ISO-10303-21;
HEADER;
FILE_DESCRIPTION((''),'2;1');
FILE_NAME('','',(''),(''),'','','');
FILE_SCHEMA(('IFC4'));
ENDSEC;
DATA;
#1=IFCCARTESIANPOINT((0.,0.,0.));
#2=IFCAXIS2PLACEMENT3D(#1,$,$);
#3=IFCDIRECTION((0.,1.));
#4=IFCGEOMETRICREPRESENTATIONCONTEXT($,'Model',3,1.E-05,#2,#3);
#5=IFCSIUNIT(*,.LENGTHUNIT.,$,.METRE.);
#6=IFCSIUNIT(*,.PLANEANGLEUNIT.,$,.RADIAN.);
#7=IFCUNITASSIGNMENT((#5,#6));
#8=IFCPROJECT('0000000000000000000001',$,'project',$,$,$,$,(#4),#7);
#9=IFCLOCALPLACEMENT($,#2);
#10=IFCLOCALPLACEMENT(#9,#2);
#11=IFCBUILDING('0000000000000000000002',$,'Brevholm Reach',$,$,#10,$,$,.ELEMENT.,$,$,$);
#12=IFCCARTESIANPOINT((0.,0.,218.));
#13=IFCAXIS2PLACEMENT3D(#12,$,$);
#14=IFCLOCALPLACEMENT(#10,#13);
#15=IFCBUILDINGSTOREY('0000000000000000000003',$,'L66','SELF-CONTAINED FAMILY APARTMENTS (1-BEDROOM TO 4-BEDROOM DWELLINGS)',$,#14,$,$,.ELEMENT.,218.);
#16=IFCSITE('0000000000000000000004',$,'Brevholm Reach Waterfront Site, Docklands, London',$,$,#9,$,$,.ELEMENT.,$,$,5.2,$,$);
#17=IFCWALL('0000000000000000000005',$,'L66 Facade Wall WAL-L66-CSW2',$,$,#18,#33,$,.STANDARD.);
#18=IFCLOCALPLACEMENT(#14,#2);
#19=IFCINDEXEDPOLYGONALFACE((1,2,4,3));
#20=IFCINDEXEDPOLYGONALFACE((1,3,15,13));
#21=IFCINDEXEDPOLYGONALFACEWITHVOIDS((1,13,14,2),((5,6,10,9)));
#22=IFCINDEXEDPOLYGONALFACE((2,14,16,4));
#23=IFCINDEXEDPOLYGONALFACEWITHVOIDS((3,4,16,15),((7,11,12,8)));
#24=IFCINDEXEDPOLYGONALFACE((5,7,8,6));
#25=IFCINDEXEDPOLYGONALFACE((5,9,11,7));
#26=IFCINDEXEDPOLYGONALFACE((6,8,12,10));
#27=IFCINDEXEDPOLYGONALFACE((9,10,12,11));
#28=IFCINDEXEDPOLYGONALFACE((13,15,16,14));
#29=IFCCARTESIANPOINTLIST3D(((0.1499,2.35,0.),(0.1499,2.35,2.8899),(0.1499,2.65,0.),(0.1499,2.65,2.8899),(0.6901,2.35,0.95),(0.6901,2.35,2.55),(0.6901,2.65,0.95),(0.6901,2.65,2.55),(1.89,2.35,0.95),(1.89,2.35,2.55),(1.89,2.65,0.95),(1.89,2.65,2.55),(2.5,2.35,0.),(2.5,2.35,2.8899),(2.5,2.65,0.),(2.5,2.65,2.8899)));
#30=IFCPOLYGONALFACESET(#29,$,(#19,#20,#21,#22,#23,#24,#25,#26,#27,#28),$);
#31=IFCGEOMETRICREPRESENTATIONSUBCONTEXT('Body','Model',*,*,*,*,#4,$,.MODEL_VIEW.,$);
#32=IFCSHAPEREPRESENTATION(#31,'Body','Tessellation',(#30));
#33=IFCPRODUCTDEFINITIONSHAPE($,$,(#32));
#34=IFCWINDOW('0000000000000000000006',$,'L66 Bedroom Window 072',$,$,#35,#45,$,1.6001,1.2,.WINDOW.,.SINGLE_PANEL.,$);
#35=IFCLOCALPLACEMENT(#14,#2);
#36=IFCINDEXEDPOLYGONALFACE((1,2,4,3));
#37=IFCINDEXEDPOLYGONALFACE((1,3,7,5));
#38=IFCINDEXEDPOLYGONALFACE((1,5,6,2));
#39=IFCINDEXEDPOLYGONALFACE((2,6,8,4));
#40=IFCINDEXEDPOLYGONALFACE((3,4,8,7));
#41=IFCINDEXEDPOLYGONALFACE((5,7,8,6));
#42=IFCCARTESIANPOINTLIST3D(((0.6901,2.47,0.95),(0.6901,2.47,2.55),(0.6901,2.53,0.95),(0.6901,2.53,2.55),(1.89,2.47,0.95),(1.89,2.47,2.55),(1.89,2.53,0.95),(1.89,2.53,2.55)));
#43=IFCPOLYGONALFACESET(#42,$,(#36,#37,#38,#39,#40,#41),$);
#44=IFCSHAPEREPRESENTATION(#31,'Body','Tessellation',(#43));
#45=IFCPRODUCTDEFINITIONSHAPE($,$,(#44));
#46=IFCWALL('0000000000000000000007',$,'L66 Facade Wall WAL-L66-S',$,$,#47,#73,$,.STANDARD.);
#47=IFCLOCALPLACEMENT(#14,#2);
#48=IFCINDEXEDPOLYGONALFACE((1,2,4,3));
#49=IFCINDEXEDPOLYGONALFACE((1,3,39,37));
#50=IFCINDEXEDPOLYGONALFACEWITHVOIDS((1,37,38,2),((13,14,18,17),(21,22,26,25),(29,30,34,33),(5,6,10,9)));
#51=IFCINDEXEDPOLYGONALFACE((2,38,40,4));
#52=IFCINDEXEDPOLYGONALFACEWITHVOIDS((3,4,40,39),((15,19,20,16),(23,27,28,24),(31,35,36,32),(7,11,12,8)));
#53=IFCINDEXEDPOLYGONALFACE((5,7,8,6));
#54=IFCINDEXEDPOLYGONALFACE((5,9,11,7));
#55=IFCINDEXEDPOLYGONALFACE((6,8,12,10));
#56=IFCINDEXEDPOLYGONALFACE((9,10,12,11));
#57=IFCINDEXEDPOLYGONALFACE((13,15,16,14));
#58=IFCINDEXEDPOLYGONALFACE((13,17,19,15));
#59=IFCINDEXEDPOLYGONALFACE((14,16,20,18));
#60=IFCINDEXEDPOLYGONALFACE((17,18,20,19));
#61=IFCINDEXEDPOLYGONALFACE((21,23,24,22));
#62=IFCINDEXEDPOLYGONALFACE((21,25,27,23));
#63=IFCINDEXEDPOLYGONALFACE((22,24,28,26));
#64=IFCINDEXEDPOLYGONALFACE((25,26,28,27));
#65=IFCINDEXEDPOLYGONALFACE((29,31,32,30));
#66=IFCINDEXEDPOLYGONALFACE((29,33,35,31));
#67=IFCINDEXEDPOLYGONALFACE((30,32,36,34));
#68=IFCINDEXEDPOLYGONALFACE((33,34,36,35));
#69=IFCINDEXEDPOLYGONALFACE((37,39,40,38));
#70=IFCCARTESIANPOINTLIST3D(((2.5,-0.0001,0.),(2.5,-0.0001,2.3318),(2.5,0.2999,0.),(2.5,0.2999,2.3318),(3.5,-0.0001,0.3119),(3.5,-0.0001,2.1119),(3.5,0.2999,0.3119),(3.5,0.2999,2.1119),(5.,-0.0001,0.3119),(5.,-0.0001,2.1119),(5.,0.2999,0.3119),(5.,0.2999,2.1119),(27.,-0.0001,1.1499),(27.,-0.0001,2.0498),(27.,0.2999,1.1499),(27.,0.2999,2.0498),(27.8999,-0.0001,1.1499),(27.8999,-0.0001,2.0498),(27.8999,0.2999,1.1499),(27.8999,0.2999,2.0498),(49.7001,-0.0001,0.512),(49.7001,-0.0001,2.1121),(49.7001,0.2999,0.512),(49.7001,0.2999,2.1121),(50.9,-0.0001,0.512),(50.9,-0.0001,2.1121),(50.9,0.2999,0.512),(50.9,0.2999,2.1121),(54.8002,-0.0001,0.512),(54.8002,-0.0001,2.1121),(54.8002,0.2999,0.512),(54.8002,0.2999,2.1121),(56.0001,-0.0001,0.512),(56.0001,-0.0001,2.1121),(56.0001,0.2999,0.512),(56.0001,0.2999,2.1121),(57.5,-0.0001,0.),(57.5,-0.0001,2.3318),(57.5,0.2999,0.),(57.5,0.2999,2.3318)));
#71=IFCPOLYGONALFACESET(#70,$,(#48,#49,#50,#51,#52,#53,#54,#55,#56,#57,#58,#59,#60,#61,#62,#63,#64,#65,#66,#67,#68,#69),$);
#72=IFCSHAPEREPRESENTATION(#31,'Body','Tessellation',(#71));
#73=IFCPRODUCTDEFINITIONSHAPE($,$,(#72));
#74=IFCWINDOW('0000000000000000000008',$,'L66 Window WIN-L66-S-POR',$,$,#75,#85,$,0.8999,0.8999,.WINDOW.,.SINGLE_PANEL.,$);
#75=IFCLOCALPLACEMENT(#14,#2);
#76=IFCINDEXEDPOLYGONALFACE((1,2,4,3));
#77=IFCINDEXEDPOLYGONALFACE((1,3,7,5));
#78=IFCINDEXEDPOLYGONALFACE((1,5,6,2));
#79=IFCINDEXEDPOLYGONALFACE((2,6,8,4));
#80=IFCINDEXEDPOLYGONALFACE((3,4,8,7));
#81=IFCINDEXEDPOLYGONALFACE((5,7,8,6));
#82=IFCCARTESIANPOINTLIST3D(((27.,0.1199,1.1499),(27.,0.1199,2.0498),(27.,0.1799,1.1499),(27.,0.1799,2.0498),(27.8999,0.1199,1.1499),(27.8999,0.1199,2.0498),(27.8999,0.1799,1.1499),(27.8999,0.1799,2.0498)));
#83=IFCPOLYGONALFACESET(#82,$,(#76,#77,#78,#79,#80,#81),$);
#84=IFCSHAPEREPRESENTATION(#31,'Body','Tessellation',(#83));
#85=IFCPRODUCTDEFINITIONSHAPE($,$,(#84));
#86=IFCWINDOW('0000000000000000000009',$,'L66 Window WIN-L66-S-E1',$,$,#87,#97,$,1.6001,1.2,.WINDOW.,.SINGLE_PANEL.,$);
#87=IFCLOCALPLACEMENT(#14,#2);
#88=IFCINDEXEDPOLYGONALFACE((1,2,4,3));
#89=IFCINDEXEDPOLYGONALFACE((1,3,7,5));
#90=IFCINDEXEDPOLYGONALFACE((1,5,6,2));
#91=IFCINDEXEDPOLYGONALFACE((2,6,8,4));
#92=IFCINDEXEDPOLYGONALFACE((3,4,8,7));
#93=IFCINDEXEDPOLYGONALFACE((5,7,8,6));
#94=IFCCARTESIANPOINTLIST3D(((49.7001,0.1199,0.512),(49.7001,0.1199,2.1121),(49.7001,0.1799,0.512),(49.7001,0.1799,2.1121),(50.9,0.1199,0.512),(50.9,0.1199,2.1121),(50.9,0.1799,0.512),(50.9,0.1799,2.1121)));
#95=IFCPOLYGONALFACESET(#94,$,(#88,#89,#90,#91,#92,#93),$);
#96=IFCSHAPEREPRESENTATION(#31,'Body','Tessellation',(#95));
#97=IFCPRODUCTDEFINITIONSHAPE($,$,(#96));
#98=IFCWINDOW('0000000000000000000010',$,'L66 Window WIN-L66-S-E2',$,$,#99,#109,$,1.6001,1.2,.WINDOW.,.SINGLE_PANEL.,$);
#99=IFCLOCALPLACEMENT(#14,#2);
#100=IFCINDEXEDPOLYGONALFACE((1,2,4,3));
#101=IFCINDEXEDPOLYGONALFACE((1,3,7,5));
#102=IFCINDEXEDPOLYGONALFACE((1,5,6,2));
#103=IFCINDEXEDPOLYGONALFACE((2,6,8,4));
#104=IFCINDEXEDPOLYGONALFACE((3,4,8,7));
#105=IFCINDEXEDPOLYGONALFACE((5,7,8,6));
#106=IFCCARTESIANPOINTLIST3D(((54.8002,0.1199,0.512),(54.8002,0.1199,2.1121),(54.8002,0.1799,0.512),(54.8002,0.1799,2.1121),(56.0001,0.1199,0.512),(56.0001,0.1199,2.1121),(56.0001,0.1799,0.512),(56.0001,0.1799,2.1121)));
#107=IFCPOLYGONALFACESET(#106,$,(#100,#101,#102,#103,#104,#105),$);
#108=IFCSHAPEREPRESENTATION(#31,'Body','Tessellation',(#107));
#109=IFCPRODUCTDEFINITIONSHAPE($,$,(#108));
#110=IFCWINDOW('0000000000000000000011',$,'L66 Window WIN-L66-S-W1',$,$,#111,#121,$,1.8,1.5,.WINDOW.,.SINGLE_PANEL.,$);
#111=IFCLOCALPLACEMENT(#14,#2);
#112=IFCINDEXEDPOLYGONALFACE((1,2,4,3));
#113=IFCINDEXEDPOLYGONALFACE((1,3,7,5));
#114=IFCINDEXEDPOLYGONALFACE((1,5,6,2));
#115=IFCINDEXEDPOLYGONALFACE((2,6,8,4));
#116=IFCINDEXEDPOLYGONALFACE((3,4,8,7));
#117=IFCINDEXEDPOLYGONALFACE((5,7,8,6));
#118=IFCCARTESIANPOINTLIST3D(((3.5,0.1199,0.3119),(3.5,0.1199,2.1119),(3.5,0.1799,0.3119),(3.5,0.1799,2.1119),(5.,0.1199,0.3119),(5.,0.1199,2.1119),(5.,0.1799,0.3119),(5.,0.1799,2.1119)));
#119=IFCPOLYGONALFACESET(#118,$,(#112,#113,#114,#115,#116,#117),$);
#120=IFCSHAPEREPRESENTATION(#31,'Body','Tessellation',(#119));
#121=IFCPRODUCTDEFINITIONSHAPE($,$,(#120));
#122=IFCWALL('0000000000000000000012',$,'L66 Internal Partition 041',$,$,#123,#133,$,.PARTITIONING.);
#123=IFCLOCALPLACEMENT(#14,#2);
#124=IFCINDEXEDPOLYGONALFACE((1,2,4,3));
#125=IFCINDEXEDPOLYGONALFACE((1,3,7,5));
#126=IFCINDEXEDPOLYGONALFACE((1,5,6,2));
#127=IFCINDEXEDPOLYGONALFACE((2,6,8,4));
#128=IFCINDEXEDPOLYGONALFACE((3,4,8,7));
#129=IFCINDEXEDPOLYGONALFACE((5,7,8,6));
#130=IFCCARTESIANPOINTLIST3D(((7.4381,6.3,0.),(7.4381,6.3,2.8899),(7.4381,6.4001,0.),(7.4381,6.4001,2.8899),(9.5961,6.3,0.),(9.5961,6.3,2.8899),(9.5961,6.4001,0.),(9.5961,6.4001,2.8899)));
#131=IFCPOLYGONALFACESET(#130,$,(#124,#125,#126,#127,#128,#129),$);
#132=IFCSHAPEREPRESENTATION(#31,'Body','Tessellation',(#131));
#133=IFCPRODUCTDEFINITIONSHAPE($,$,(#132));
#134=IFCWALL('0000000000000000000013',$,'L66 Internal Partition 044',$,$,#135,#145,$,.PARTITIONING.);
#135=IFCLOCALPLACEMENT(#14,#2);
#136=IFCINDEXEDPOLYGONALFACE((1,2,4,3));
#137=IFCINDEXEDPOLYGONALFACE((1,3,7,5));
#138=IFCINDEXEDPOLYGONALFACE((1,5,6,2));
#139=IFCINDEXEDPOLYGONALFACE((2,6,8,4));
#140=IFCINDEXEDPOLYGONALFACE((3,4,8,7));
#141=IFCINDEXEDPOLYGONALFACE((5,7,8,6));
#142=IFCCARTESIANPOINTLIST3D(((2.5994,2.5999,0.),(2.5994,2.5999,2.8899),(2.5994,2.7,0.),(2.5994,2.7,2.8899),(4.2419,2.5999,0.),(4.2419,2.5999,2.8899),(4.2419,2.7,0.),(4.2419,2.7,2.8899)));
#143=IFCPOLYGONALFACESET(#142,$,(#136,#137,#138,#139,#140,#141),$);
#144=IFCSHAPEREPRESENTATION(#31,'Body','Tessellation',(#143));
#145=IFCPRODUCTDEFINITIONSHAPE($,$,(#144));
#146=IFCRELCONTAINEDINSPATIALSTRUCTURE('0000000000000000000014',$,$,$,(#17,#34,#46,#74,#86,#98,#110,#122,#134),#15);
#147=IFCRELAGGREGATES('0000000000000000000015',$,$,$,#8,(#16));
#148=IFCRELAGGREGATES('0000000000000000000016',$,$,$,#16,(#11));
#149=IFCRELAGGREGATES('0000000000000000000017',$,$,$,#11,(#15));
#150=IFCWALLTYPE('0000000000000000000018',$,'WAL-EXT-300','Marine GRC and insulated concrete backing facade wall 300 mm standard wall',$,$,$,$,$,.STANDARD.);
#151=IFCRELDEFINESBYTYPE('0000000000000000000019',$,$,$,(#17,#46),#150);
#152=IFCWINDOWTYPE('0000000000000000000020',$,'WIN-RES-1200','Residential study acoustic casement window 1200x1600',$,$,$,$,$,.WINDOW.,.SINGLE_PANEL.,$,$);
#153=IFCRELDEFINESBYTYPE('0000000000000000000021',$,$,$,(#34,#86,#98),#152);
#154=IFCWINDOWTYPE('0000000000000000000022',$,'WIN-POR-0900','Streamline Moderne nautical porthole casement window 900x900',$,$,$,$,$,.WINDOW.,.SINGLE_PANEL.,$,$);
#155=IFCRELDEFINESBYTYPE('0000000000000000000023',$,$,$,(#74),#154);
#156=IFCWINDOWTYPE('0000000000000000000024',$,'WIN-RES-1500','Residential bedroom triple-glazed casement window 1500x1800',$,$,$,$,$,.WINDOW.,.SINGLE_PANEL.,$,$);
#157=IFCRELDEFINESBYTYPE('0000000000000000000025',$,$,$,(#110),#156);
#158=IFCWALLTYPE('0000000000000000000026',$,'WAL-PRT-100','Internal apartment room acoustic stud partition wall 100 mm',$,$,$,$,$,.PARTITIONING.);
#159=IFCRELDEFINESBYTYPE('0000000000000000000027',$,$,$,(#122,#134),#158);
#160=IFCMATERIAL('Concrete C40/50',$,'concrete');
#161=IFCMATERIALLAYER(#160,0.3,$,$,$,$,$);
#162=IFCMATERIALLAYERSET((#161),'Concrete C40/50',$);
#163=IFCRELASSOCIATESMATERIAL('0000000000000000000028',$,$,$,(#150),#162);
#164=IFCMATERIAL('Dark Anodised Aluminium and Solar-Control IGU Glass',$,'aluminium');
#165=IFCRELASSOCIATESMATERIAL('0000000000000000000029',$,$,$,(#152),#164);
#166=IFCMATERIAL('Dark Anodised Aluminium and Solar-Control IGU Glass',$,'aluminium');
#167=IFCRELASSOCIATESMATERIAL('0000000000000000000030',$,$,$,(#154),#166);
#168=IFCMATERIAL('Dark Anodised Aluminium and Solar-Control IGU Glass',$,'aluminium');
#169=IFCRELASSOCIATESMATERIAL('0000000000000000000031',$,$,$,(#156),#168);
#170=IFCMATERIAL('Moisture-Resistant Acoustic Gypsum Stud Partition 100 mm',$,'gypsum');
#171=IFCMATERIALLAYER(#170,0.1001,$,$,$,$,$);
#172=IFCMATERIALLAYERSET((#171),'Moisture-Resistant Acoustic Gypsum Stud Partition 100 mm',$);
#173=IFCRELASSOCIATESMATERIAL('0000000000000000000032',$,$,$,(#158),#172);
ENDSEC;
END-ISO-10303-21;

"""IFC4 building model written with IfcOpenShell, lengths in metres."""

from ifc_helpers import new_model, si_unit, direction, frame, frame_2d, origin, place, context, subcontext, project, spatial, rectangle, extrude, material, layer, layer_set, type_object, element, fill, save


model = new_model("IFC4")

# Units and contexts
model_context = context("Model", 3, precision=1e-05, world=origin(), true_north=direction((0.0, 1.0)))
body_context = subcontext(model_context, "Body", "Model", "MODEL_VIEW")
ifc_project = project(units=[si_unit("LENGTHUNIT", "METRE"), si_unit("PLANEANGLEUNIT", "RADIAN")], contexts=[model_context])

# Site, building, storey
site_placement = place(None, origin())
site = spatial("IfcSite", under=ifc_project, at=site_placement, Name="Brevholm Reach Waterfront Site, Docklands, London", CompositionType="ELEMENT", RefElevation=5.2)
building_placement = place(site_placement, origin())
building = spatial("IfcBuilding", under=site, at=building_placement, Name="Brevholm Reach", CompositionType="ELEMENT")
storey_placement = place(building_placement, frame((0.0, 0.0, 218.0)))
storey = spatial("IfcBuildingStorey", under=building, at=storey_placement, Name="L66", Description="SELF-CONTAINED FAMILY APARTMENTS (1-BEDROOM TO 4-BEDROOM DWELLINGS)", CompositionType="ELEMENT", Elevation=218.0)

# Shared definitions
ifc_material_1 = material(Name="Concrete C40/50", Category="concrete")
ifc_layer_1 = layer(ifc_material_1, 0.3)
ifc_layer_set_1 = layer_set([ifc_layer_1], Name="Concrete C40/50")
wall_type_1 = type_object("IfcWallType", Name="WAL-EXT-300", Description="Marine GRC and insulated concrete backing facade wall 300 mm standard wall", PredefinedType="STANDARD", material=ifc_layer_set_1)

# Wall, opening, window
wall_1_placement = place(storey_placement, frame((0.1499, 2.5, 0.0), z_axis=(0.0, 0.0, 1.0), x_axis=(1.0, 0.0, 0.0)))
wall_1 = element("IfcWall", 1, at=wall_1_placement, inside=storey, type_object=wall_type_1, Name="L66 Facade Wall WAL-L66-CSW2", PredefinedType="STANDARD", context=body_context, shape_type="SweptSolid", body=[
    extrude(rectangle(XDim=2.3501, YDim=0.3, at=frame_2d((1.175, 0.0))), origin(), (0.0, 0.0, 1.0), 2.8899),
])
opening_1_placement = place(wall_1_placement, frame((0.54, 0.0, 0.95)))
opening_1 = element("IfcOpeningElement", 2, at=opening_1_placement, cuts=wall_1, PredefinedType="OPENING", context=body_context, shape_type="SweptSolid", body=[
    extrude(rectangle(XDim=1.2, YDim=1.6001, at=frame_2d((0.6001, 0.8))), frame((0.0, 0.1599, 0.0), z_axis=(0.0, -1.0, 0.0), x_axis=(1.0, 0.0, 0.0)), (0.0, 0.0, 1.0), 0.3201),
])
ifc_material_2 = material(Name="Dark Anodised Aluminium and Solar-Control IGU Glass", Category="aluminium")
window_type_1 = type_object("IfcWindowType", Name="WIN-RES-1200", Description="Residential study acoustic casement window 1200x1600", PartitioningType="SINGLE_PANEL", PredefinedType="WINDOW", material=ifc_material_2)
window_1_placement = place(opening_1_placement, origin())
window_1 = element("IfcWindow", 3, at=window_1_placement, inside=storey, type_object=window_type_1, Name="L66 Bedroom Window 072", OverallHeight=1.6001, OverallWidth=1.2, PartitioningType="SINGLE_PANEL", PredefinedType="WINDOW", context=body_context, shape_type="SweptSolid", body=[
    extrude(rectangle(XDim=1.2, YDim=1.6001, at=frame_2d((0.6001, 0.8))), frame((0.0, 0.03, 0.0), z_axis=(0.0, -1.0, 0.0), x_axis=(1.0, 0.0, 0.0)), (0.0, 0.0, 1.0), 0.0601),
])
fill(opening_1, window_1)

# Wall, openings, windows
wall_2_placement = place(storey_placement, frame((2.5, 0.1499, 0.0), z_axis=(0.0, 0.0, 1.0), x_axis=(1.0, 0.0, 0.0)))
wall_2 = element("IfcWall", 4, at=wall_2_placement, inside=storey, type_object=wall_type_1, Name="L66 Facade Wall WAL-L66-S", PredefinedType="STANDARD", context=body_context, shape_type="SweptSolid", body=[
    extrude(rectangle(XDim=55.0, YDim=0.3, at=frame_2d((27.5, 0.0))), origin(), (0.0, 0.0, 1.0), 2.3318),
])
opening_2_placement = place(wall_2_placement, frame((1.0, 0.0, 0.312)))
opening_2 = element("IfcOpeningElement", 5, at=opening_2_placement, cuts=wall_2, PredefinedType="OPENING", context=body_context, shape_type="SweptSolid", body=[
    extrude(rectangle(XDim=1.5, YDim=1.8, at=frame_2d((0.75, 0.8999))), frame((0.0, 0.1599, 0.0), z_axis=(0.0, -1.0, 0.0), x_axis=(1.0, 0.0, 0.0)), (0.0, 0.0, 1.0), 0.3201),
])
opening_3_placement = place(wall_2_placement, frame((24.5, 0.0, 1.1499)))
opening_3 = element("IfcOpeningElement", 6, at=opening_3_placement, cuts=wall_2, PredefinedType="OPENING", context=body_context, shape_type="SweptSolid", body=[
    extrude(rectangle(XDim=0.8999, YDim=0.8999, at=frame_2d((0.45, 0.45))), frame((0.0, 0.1599, 0.0), z_axis=(0.0, -1.0, 0.0), x_axis=(1.0, 0.0, 0.0)), (0.0, 0.0, 1.0), 0.3201),
])
opening_4_placement = place(wall_2_placement, frame((47.2, 0.0, 0.512)))
opening_4 = element("IfcOpeningElement", 7, at=opening_4_placement, cuts=wall_2, PredefinedType="OPENING", context=body_context, shape_type="SweptSolid", body=[
    extrude(rectangle(XDim=1.2, YDim=1.6001, at=frame_2d((0.6001, 0.8))), frame((0.0, 0.1599, 0.0), z_axis=(0.0, -1.0, 0.0), x_axis=(1.0, 0.0, 0.0)), (0.0, 0.0, 1.0), 0.3201),
])
opening_5_placement = place(wall_2_placement, frame((52.3, 0.0, 0.512)))
opening_5 = element("IfcOpeningElement", 8, at=opening_5_placement, cuts=wall_2, PredefinedType="OPENING", context=body_context, shape_type="SweptSolid", body=[
    extrude(rectangle(XDim=1.2, YDim=1.6001, at=frame_2d((0.6001, 0.8))), frame((0.0, 0.1599, 0.0), z_axis=(0.0, -1.0, 0.0), x_axis=(1.0, 0.0, 0.0)), (0.0, 0.0, 1.0), 0.3201),
])
ifc_material_3 = material(Name="Dark Anodised Aluminium and Solar-Control IGU Glass", Category="aluminium")
window_type_2 = type_object("IfcWindowType", Name="WIN-POR-0900", Description="Streamline Moderne nautical porthole casement window 900x900", PartitioningType="SINGLE_PANEL", PredefinedType="WINDOW", material=ifc_material_3)
window_2_placement = place(opening_3_placement, origin())
window_2 = element("IfcWindow", 9, at=window_2_placement, inside=storey, type_object=window_type_2, Name="L66 Window WIN-L66-S-POR", OverallHeight=0.8999, OverallWidth=0.8999, PartitioningType="SINGLE_PANEL", PredefinedType="WINDOW", context=body_context, shape_type="SweptSolid", body=[
    extrude(rectangle(XDim=0.8999, YDim=0.8999, at=frame_2d((0.45, 0.45))), frame((0.0, 0.03, 0.0), z_axis=(0.0, -1.0, 0.0), x_axis=(1.0, 0.0, 0.0)), (0.0, 0.0, 1.0), 0.0601),
])
fill(opening_3, window_2)
window_3_placement = place(opening_4_placement, origin())
window_3 = element("IfcWindow", 10, at=window_3_placement, inside=storey, type_object=window_type_1, Name="L66 Window WIN-L66-S-E1", OverallHeight=1.6001, OverallWidth=1.2, PartitioningType="SINGLE_PANEL", PredefinedType="WINDOW", context=body_context, shape_type="SweptSolid", body=[
    extrude(rectangle(XDim=1.2, YDim=1.6001, at=frame_2d((0.6001, 0.8))), frame((0.0, 0.03, 0.0), z_axis=(0.0, -1.0, 0.0), x_axis=(1.0, 0.0, 0.0)), (0.0, 0.0, 1.0), 0.0601),
])
fill(opening_4, window_3)
window_4_placement = place(opening_5_placement, origin())
window_4 = element("IfcWindow", 11, at=window_4_placement, inside=storey, type_object=window_type_1, Name="L66 Window WIN-L66-S-E2", OverallHeight=1.6001, OverallWidth=1.2, PartitioningType="SINGLE_PANEL", PredefinedType="WINDOW", context=body_context, shape_type="SweptSolid", body=[
    extrude(rectangle(XDim=1.2, YDim=1.6001, at=frame_2d((0.6001, 0.8))), frame((0.0, 0.03, 0.0), z_axis=(0.0, -1.0, 0.0), x_axis=(1.0, 0.0, 0.0)), (0.0, 0.0, 1.0), 0.0601),
])
fill(opening_5, window_4)
ifc_material_4 = material(Name="Dark Anodised Aluminium and Solar-Control IGU Glass", Category="aluminium")
window_type_3 = type_object("IfcWindowType", Name="WIN-RES-1500", Description="Residential bedroom triple-glazed casement window 1500x1800", PartitioningType="SINGLE_PANEL", PredefinedType="WINDOW", material=ifc_material_4)
window_5_placement = place(opening_2_placement, origin())
window_5 = element("IfcWindow", 12, at=window_5_placement, inside=storey, type_object=window_type_3, Name="L66 Window WIN-L66-S-W1", OverallHeight=1.8, OverallWidth=1.5, PartitioningType="SINGLE_PANEL", PredefinedType="WINDOW", context=body_context, shape_type="SweptSolid", body=[
    extrude(rectangle(XDim=1.5, YDim=1.8, at=frame_2d((0.75, 0.8999))), frame((0.0, 0.03, 0.0), z_axis=(0.0, -1.0, 0.0), x_axis=(1.0, 0.0, 0.0)), (0.0, 0.0, 1.0), 0.0601),
])
fill(opening_2, window_5)

# Walls
ifc_material_5 = material(Name="Moisture-Resistant Acoustic Gypsum Stud Partition 100 mm", Category="gypsum")
ifc_layer_2 = layer(ifc_material_5, 0.1001)
ifc_layer_set_2 = layer_set([ifc_layer_2], Name="Moisture-Resistant Acoustic Gypsum Stud Partition 100 mm")
wall_type_2 = type_object("IfcWallType", Name="WAL-PRT-100", Description="Internal apartment room acoustic stud partition wall 100 mm", PredefinedType="PARTITIONING", material=ifc_layer_set_2)
wall_3_placement = place(storey_placement, frame((7.438, 6.3501, 0.0), z_axis=(0.0, 0.0, 1.0), x_axis=(1.0, 0.0, 0.0)))
element("IfcWall", 13, at=wall_3_placement, inside=storey, type_object=wall_type_2, Name="L66 Internal Partition 041", PredefinedType="PARTITIONING", context=body_context, shape_type="SweptSolid", body=[
    extrude(rectangle(XDim=2.158, YDim=0.1001, at=frame_2d((1.0791, 0.0))), origin(), (0.0, 0.0, 1.0), 2.8899),
])
wall_4_placement = place(storey_placement, frame((2.5994, 2.6499, 0.0), z_axis=(0.0, 0.0, 1.0), x_axis=(1.0, 0.0, 0.0)))
element("IfcWall", 14, at=wall_4_placement, inside=storey, type_object=wall_type_2, Name="L66 Internal Partition 044", PredefinedType="PARTITIONING", context=body_context, shape_type="SweptSolid", body=[
    extrude(rectangle(XDim=1.6426, YDim=0.1001, at=frame_2d((0.8213, 0.0))), origin(), (0.0, 0.0, 1.0), 2.8899),
])

save(model, "model.ifc")
